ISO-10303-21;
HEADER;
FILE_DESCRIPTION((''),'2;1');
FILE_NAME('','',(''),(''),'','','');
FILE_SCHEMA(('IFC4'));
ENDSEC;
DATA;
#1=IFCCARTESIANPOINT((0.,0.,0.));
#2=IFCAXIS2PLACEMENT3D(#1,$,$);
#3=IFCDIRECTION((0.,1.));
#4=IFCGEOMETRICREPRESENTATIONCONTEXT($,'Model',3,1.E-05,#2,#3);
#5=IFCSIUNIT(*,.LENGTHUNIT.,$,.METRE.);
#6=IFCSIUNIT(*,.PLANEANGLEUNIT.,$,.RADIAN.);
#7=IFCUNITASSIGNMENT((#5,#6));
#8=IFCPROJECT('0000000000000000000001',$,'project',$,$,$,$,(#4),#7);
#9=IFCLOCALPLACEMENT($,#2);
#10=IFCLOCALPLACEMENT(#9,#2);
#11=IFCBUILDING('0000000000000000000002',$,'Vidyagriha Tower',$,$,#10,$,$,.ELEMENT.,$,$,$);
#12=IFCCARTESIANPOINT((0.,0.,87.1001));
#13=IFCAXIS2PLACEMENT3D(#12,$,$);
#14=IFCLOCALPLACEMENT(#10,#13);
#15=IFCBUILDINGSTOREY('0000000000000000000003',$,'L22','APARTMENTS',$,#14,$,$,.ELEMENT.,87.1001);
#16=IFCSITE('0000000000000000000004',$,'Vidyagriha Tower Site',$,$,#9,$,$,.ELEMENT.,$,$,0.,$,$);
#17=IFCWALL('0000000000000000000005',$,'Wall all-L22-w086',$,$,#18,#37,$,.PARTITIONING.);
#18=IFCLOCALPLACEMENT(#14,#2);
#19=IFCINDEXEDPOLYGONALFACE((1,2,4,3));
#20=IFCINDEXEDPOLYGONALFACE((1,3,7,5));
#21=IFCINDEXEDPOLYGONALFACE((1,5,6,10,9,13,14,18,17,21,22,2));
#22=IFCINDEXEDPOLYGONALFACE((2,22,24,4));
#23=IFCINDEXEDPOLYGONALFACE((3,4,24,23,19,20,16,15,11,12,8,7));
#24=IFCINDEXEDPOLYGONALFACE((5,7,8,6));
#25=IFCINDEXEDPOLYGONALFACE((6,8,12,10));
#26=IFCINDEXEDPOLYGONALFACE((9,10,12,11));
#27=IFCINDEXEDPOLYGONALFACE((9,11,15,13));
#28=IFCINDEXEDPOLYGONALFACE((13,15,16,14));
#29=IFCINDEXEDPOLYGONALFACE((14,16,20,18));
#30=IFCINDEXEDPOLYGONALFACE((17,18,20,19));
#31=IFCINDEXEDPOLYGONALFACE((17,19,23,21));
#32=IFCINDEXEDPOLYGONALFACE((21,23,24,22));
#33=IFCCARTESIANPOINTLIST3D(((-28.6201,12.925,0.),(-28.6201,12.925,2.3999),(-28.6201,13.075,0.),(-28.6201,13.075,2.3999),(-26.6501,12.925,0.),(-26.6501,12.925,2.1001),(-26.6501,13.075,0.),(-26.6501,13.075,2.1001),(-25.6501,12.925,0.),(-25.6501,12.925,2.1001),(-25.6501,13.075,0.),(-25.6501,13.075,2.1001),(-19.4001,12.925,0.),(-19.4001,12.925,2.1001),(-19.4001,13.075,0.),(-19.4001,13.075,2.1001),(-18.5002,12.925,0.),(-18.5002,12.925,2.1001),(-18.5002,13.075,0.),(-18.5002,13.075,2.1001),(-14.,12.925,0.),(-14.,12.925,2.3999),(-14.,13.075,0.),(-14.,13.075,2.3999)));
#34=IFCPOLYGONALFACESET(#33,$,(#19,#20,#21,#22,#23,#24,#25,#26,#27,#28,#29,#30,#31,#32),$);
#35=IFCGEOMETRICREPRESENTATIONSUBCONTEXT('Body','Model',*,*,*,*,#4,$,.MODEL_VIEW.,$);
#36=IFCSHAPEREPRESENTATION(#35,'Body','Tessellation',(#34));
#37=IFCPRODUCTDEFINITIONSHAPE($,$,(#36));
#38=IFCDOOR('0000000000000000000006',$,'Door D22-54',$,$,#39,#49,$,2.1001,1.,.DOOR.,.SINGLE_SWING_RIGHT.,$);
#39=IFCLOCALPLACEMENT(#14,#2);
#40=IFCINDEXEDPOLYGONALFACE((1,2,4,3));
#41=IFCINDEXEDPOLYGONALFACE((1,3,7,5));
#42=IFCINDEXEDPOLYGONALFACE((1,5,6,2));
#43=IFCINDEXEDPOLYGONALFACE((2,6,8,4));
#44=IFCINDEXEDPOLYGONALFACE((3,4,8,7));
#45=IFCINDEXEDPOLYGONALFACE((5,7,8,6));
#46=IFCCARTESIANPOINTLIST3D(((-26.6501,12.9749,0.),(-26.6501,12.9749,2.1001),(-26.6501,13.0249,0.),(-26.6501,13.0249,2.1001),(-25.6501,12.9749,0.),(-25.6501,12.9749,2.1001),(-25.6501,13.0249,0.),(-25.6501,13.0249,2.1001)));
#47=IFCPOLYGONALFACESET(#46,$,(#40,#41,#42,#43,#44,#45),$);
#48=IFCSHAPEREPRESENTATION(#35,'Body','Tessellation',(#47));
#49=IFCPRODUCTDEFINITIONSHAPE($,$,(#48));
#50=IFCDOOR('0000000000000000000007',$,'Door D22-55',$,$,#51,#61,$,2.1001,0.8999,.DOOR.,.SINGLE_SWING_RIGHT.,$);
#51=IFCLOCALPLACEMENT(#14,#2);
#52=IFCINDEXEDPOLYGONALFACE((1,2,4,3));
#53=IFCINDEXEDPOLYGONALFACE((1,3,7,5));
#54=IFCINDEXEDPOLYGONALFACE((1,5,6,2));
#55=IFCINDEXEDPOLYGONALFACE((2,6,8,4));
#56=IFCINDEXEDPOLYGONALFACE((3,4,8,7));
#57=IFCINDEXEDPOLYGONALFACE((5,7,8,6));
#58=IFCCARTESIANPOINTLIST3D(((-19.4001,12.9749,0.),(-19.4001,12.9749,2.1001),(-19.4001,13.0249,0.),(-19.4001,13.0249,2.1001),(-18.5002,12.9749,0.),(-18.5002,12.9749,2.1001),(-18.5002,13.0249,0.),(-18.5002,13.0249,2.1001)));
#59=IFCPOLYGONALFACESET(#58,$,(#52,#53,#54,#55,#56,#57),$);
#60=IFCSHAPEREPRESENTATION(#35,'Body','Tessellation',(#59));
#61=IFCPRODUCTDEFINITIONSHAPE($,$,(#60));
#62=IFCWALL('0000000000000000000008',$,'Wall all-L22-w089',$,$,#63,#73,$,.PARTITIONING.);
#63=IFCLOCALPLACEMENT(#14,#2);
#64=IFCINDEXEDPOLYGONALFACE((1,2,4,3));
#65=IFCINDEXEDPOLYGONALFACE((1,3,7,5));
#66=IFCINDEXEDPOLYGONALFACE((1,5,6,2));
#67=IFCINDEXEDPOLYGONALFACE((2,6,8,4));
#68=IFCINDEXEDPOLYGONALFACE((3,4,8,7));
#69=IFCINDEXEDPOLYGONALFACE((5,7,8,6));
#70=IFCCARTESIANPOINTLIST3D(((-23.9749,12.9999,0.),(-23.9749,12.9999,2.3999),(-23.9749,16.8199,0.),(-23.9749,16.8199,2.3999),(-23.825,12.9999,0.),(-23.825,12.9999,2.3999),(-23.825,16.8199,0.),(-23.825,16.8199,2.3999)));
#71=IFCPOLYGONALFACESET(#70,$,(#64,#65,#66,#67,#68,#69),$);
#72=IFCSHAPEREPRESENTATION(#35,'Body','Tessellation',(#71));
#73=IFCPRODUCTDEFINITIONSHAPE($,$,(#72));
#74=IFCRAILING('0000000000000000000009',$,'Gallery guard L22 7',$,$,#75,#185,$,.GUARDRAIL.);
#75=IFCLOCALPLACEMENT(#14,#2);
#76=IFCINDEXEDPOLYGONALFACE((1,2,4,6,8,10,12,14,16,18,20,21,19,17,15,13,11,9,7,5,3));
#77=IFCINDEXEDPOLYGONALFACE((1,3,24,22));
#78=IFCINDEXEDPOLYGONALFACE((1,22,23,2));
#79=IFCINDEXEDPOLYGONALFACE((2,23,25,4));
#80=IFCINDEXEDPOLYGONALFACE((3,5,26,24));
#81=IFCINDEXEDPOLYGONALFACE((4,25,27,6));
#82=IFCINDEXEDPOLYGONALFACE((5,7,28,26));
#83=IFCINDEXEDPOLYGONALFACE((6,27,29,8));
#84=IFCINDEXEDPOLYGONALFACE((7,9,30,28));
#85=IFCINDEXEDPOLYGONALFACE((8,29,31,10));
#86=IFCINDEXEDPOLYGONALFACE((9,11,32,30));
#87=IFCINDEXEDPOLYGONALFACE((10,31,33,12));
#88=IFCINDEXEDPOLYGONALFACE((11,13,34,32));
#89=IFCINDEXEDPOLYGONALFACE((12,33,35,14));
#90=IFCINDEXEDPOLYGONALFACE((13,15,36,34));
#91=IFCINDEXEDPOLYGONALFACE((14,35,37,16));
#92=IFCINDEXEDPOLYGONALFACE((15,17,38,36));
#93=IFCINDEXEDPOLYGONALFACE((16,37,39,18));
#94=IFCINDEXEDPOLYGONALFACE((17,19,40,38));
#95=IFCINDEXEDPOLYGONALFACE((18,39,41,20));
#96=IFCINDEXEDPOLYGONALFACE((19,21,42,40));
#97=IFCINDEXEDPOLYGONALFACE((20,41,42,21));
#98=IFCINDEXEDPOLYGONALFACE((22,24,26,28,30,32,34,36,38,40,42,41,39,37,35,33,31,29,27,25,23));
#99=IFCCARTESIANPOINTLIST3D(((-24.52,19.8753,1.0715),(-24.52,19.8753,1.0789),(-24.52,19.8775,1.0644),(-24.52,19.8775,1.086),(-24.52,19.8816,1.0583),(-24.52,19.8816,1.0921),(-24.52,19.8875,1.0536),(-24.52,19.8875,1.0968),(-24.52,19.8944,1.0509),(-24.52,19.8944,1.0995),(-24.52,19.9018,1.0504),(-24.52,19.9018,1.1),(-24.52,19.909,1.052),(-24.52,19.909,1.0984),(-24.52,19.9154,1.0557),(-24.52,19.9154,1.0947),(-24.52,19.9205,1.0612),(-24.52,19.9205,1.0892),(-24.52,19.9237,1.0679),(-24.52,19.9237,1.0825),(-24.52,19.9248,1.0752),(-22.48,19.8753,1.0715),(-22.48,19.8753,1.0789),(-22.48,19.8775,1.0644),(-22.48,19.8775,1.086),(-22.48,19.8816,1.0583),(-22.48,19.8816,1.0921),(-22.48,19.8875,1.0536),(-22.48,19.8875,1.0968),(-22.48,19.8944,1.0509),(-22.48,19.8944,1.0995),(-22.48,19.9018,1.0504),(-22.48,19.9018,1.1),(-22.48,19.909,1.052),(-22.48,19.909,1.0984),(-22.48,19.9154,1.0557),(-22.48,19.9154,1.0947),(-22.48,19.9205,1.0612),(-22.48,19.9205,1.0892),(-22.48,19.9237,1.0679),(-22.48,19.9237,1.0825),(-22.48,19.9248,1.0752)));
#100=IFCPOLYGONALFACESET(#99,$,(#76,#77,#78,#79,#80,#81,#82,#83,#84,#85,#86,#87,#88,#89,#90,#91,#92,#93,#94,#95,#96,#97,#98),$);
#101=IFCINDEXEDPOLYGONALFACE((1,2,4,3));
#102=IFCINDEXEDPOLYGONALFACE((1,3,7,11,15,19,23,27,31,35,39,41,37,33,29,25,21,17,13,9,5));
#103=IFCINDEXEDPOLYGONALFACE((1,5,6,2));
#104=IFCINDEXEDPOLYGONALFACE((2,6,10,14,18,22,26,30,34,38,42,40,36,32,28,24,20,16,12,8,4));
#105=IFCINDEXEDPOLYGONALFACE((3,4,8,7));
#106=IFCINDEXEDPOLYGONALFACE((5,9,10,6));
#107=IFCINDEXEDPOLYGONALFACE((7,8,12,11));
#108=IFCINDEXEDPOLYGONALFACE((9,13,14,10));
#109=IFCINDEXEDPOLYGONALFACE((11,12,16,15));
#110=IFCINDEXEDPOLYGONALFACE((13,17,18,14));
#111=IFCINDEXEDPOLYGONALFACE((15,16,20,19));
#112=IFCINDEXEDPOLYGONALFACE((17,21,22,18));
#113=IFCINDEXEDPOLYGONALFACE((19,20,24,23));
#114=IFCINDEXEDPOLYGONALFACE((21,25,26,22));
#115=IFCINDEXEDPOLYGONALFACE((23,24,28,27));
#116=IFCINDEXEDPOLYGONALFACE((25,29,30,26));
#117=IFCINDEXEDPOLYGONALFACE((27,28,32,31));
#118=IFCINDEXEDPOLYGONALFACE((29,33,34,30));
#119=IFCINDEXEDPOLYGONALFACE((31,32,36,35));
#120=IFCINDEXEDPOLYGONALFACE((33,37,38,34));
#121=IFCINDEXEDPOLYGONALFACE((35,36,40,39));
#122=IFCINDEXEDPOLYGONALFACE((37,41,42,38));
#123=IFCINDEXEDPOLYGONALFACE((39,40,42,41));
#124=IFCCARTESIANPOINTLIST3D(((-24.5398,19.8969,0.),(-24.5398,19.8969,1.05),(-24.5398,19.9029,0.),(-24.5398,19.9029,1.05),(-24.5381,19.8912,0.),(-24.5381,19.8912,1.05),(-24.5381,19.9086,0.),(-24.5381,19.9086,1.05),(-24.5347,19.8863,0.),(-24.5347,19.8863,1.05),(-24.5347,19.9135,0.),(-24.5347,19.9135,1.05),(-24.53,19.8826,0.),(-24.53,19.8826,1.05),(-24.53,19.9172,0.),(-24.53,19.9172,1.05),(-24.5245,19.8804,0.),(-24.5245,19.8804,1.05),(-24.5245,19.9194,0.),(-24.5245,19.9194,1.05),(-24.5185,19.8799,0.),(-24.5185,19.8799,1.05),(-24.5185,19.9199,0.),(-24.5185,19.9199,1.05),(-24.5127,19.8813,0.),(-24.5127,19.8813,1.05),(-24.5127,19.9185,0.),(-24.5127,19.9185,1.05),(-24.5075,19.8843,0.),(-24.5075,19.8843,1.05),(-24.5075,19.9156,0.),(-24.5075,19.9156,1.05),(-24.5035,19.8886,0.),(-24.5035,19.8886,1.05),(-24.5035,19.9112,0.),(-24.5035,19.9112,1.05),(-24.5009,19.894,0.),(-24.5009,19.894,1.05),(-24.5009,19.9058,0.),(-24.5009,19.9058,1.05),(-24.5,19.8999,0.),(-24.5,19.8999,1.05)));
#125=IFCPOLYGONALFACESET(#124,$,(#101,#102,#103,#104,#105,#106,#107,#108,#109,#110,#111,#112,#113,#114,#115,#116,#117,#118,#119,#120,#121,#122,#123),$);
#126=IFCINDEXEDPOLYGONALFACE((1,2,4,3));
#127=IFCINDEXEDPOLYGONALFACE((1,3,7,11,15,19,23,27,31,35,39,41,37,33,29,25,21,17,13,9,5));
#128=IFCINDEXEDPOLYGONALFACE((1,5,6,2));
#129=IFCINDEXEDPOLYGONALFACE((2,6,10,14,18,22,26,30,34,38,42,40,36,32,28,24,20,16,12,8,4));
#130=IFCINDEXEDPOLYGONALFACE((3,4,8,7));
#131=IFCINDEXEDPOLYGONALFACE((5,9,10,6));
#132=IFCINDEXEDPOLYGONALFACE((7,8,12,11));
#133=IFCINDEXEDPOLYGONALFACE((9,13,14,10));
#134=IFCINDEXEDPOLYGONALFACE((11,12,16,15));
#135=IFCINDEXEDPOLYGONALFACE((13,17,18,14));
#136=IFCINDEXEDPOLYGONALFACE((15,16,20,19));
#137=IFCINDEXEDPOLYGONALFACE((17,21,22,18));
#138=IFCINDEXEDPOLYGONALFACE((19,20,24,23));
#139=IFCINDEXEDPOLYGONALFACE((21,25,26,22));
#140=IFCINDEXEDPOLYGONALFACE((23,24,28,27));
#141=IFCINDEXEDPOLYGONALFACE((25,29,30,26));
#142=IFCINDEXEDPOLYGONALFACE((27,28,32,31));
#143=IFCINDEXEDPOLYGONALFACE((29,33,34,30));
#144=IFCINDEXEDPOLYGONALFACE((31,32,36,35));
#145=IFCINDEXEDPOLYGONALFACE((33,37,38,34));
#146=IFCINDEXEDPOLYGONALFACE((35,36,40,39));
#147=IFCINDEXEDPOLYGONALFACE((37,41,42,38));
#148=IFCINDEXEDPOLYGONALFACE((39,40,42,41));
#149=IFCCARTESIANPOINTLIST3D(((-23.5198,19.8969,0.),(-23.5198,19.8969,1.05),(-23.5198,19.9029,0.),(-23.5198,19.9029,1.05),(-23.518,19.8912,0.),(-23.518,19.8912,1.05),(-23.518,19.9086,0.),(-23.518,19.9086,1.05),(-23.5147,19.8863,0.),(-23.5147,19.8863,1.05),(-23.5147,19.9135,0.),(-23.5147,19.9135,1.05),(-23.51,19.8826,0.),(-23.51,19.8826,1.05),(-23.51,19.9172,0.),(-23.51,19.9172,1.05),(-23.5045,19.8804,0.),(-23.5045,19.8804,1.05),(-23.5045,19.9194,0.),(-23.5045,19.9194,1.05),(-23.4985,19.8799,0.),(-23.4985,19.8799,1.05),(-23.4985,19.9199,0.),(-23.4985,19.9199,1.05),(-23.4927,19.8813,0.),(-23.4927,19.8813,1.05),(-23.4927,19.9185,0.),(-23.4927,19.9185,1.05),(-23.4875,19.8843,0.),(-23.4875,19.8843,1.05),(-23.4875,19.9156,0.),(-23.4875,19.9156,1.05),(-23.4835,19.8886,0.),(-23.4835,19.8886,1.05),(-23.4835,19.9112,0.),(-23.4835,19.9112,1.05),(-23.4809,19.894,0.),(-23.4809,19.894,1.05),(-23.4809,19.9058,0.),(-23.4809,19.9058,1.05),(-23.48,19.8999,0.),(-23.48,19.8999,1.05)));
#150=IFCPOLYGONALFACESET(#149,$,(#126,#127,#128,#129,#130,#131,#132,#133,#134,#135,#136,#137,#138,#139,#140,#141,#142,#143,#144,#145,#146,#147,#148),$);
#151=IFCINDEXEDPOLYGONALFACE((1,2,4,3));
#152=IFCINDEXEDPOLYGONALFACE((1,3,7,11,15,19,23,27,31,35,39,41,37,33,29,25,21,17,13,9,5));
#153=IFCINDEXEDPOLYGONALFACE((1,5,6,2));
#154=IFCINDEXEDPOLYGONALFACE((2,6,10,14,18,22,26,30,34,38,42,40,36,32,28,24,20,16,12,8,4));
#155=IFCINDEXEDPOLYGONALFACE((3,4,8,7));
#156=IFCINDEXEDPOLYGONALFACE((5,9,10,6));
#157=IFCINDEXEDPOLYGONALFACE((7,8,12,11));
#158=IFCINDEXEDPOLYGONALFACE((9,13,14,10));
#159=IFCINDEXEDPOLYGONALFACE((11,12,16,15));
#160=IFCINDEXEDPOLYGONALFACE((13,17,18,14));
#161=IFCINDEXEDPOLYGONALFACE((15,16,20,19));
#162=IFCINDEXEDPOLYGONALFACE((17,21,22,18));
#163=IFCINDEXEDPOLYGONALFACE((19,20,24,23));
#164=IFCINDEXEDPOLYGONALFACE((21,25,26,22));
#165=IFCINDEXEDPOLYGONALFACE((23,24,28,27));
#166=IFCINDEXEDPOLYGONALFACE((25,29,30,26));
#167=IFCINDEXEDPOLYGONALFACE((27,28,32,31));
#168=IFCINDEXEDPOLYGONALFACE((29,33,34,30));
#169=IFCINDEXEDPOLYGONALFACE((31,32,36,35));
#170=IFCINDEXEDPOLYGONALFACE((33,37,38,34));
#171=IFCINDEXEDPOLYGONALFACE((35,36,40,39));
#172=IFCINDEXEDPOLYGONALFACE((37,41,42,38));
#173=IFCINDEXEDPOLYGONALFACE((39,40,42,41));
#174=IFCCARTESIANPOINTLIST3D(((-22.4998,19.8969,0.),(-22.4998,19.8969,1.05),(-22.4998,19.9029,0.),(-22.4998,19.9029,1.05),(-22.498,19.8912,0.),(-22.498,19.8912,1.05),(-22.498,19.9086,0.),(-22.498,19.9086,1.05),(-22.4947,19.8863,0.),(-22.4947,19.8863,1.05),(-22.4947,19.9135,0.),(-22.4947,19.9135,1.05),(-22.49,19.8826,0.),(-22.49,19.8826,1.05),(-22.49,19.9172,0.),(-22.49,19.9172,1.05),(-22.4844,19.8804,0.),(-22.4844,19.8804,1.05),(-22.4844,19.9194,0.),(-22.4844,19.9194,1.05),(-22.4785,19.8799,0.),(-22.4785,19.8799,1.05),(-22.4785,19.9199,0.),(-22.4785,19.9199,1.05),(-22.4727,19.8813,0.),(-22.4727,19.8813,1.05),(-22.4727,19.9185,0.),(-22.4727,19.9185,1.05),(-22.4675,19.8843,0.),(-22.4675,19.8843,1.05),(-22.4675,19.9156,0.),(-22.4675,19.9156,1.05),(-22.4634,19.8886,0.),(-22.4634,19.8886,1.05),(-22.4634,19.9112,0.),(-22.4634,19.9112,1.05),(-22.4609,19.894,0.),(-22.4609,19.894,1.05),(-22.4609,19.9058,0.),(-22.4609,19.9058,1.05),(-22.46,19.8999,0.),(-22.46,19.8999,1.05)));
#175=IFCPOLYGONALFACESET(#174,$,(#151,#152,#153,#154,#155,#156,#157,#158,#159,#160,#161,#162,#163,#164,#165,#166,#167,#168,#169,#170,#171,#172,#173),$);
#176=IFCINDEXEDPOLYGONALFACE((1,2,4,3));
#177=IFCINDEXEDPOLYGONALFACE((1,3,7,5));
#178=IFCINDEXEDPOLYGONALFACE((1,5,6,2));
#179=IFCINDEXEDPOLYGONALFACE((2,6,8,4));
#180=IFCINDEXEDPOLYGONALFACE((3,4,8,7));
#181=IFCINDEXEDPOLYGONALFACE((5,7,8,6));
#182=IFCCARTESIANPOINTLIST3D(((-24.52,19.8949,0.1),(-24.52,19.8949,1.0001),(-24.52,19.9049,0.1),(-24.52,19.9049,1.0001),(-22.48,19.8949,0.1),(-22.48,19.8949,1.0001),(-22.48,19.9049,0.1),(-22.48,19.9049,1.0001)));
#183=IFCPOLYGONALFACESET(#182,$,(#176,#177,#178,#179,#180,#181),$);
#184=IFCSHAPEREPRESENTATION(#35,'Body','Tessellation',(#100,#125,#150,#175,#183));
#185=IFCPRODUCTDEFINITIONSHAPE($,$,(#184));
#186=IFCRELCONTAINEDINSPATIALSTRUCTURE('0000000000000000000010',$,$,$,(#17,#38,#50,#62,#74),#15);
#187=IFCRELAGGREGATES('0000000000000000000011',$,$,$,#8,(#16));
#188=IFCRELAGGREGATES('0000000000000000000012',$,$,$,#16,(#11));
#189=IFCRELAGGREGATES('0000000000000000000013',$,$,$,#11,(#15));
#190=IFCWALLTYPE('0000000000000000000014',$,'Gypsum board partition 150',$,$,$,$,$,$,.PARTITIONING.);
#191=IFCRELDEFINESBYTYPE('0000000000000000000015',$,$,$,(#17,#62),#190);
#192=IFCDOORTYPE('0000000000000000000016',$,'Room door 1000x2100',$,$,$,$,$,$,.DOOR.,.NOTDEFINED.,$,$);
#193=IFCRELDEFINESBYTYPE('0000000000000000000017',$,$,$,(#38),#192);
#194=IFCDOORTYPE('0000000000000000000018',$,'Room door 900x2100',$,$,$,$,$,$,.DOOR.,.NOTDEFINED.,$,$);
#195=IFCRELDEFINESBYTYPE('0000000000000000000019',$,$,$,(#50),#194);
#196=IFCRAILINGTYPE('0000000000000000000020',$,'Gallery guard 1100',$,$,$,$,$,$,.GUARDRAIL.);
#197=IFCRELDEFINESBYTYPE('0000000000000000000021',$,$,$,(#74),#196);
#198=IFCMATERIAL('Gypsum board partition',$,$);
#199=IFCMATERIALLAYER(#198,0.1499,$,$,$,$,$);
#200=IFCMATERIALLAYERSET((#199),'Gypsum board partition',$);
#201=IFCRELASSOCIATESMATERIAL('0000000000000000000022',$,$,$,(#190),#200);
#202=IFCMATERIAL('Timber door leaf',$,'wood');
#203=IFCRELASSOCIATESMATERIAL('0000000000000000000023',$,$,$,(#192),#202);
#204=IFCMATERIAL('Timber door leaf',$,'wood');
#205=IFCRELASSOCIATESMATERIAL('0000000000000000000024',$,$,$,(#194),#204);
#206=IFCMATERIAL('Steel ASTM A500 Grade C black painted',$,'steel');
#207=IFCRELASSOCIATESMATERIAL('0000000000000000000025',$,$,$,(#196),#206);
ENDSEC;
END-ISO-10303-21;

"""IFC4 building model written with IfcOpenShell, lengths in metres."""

from ifc_helpers import new_model, si_unit, direction, frame, frame_2d, origin, origin_2d, place, context, subcontext, project, spatial, rectangle, circle, extrude, material, layer, layer_set, type_object, element, fill, save


model = new_model("IFC4")

# Units and contexts
model_context = context("Model", 3, precision=1e-05, world=origin(), true_north=direction((0.0, 1.0)))
body_context = subcontext(model_context, "Body", "Model", "MODEL_VIEW")
ifc_project = project(units=[si_unit("LENGTHUNIT", "METRE"), si_unit("PLANEANGLEUNIT", "RADIAN")], contexts=[model_context])

# Site, building, storey
site_placement = place(None, origin())
site = spatial("IfcSite", under=ifc_project, at=site_placement, Name="Vidyagriha Tower Site", CompositionType="ELEMENT", RefElevation=0.0)
building_placement = place(site_placement, origin())
building = spatial("IfcBuilding", under=site, at=building_placement, Name="Vidyagriha Tower", CompositionType="ELEMENT")
storey_placement = place(building_placement, frame((0.0, 0.0, 87.1001)))
storey = spatial("IfcBuildingStorey", under=building, at=storey_placement, Name="L22", Description="APARTMENTS", CompositionType="ELEMENT", Elevation=87.1001)

# Wall, openings, doors
ifc_material_1 = material(Name="Gypsum board partition")
ifc_layer_1 = layer(ifc_material_1, 0.1499)
ifc_layer_set_1 = layer_set([ifc_layer_1], Name="Gypsum board partition")
wall_type_1 = type_object("IfcWallType", Name="Gypsum board partition 150", PredefinedType="PARTITIONING", material=ifc_layer_set_1)
wall_1_placement = place(storey_placement, frame((-28.6201, 13.0, 0.0)))
wall_1 = element("IfcWall", 1, at=wall_1_placement, inside=storey, type_object=wall_type_1, Name="Wall all-L22-w086", PredefinedType="PARTITIONING", context=body_context, shape_type="SweptSolid", body=[
    extrude(rectangle(XDim=14.6201, YDim=0.1499, at=frame_2d((7.3101, 0.0))), origin(), (0.0, 0.0, 1.0), 2.3999),
])
opening_1_placement = place(wall_1_placement, frame((1.97, 0.0, 0.0)))
opening_1 = element("IfcOpeningElement", 2, at=opening_1_placement, cuts=wall_1, PredefinedType="OPENING", context=body_context, shape_type="SweptSolid", body=[
    extrude(rectangle(XDim=1.0, YDim=2.1001, at=frame_2d((0.5, 1.05))), frame((0.0, 0.085, 0.0), z_axis=(0.0, -1.0, 0.0), x_axis=(1.0, 0.0, 0.0)), (0.0, 0.0, 1.0), 0.1699),
])
opening_2_placement = place(wall_1_placement, frame((9.22, 0.0, 0.0)))
opening_2 = element("IfcOpeningElement", 3, at=opening_2_placement, cuts=wall_1, PredefinedType="OPENING", context=body_context, shape_type="SweptSolid", body=[
    extrude(rectangle(XDim=0.8999, YDim=2.1001, at=frame_2d((0.45, 1.05))), frame((0.0, 0.085, 0.0), z_axis=(0.0, -1.0, 0.0), x_axis=(1.0, 0.0, 0.0)), (0.0, 0.0, 1.0), 0.1699),
])
ifc_material_2 = material(Name="Timber door leaf", Category="wood")
door_type_1 = type_object("IfcDoorType", Name="Room door 1000x2100", OperationType="NOTDEFINED", PredefinedType="DOOR", material=ifc_material_2)
door_1_placement = place(opening_1_placement, origin())
door_1 = element("IfcDoor", 4, at=door_1_placement, inside=storey, type_object=door_type_1, Name="Door D22-54", OperationType="SINGLE_SWING_RIGHT", OverallHeight=2.1001, OverallWidth=1.0, PredefinedType="DOOR", context=body_context, shape_type="SweptSolid", body=[
    extrude(rectangle(XDim=1.0, YDim=2.1001, at=frame_2d((0.5, 1.05))), frame((0.0, 0.0249, 0.0), z_axis=(0.0, -1.0, 0.0), x_axis=(1.0, 0.0, 0.0)), (0.0, 0.0, 1.0), 0.05),
])
fill(opening_1, door_1)
ifc_material_3 = material(Name="Timber door leaf", Category="wood")
door_type_2 = type_object("IfcDoorType", Name="Room door 900x2100", OperationType="NOTDEFINED", PredefinedType="DOOR", material=ifc_material_3)
door_2_placement = place(opening_2_placement, origin())
door_2 = element("IfcDoor", 5, at=door_2_placement, inside=storey, type_object=door_type_2, Name="Door D22-55", OperationType="SINGLE_SWING_RIGHT", OverallHeight=2.1001, OverallWidth=0.8999, PredefinedType="DOOR", context=body_context, shape_type="SweptSolid", body=[
    extrude(rectangle(XDim=0.8999, YDim=2.1001, at=frame_2d((0.45, 1.05))), frame((0.0, 0.0249, 0.0), z_axis=(0.0, -1.0, 0.0), x_axis=(1.0, 0.0, 0.0)), (0.0, 0.0, 1.0), 0.05),
])
fill(opening_2, door_2)

# Wall
wall_2_placement = place(storey_placement, frame((-23.8999, 16.8201, 0.0), z_axis=(0.0, 0.0, 1.0), x_axis=(0.0, -1.0, 0.0)))
element("IfcWall", 6, at=wall_2_placement, inside=storey, type_object=wall_type_1, Name="Wall all-L22-w089", PredefinedType="PARTITIONING", context=body_context, shape_type="SweptSolid", body=[
    extrude(rectangle(XDim=3.8201, YDim=0.1499, at=frame_2d((1.9102, 0.0))), origin(), (0.0, 0.0, 1.0), 2.3999),
])

# Railing
ifc_material_4 = material(Name="Steel ASTM A500 Grade C black painted", Category="steel")
railing_type = type_object("IfcRailingType", Name="Gallery guard 1100", PredefinedType="GUARDRAIL", material=ifc_material_4)
railing_1_placement = place(storey_placement, frame((-24.52, 19.8999, 0.0)))
element("IfcRailing", 7, at=railing_1_placement, inside=storey, type_object=railing_type, Name="Gallery guard L22 7", PredefinedType="GUARDRAIL", context=body_context, shape_type="SweptSolid", body=[
    extrude(circle(Radius=0.0249, at=origin_2d()), frame((0.0, 0.0, 1.0752), z_axis=(1.0, 0.0, 0.0), x_axis=(0.0, 1.0, 0.0)), (0.0, 0.0, 1.0), 2.04),
    extrude(circle(Radius=0.02, at=origin_2d()), origin(), (0.0, 0.0, 1.0), 1.05),
    extrude(circle(Radius=0.02, at=origin_2d()), frame((1.02, 0.0, 0.0)), (0.0, 0.0, 1.0), 1.05),
    extrude(circle(Radius=0.02, at=origin_2d()), frame((2.04, 0.0, 0.0)), (0.0, 0.0, 1.0), 1.05),
    extrude(rectangle(XDim=0.01, YDim=0.9001, at=origin_2d()), frame((0.0, 0.0, 0.55), z_axis=(1.0, 0.0, 0.0), x_axis=(0.0, 1.0, 0.0)), (0.0, 0.0, 1.0), 2.04),
])

save(model, "model.ifc")
